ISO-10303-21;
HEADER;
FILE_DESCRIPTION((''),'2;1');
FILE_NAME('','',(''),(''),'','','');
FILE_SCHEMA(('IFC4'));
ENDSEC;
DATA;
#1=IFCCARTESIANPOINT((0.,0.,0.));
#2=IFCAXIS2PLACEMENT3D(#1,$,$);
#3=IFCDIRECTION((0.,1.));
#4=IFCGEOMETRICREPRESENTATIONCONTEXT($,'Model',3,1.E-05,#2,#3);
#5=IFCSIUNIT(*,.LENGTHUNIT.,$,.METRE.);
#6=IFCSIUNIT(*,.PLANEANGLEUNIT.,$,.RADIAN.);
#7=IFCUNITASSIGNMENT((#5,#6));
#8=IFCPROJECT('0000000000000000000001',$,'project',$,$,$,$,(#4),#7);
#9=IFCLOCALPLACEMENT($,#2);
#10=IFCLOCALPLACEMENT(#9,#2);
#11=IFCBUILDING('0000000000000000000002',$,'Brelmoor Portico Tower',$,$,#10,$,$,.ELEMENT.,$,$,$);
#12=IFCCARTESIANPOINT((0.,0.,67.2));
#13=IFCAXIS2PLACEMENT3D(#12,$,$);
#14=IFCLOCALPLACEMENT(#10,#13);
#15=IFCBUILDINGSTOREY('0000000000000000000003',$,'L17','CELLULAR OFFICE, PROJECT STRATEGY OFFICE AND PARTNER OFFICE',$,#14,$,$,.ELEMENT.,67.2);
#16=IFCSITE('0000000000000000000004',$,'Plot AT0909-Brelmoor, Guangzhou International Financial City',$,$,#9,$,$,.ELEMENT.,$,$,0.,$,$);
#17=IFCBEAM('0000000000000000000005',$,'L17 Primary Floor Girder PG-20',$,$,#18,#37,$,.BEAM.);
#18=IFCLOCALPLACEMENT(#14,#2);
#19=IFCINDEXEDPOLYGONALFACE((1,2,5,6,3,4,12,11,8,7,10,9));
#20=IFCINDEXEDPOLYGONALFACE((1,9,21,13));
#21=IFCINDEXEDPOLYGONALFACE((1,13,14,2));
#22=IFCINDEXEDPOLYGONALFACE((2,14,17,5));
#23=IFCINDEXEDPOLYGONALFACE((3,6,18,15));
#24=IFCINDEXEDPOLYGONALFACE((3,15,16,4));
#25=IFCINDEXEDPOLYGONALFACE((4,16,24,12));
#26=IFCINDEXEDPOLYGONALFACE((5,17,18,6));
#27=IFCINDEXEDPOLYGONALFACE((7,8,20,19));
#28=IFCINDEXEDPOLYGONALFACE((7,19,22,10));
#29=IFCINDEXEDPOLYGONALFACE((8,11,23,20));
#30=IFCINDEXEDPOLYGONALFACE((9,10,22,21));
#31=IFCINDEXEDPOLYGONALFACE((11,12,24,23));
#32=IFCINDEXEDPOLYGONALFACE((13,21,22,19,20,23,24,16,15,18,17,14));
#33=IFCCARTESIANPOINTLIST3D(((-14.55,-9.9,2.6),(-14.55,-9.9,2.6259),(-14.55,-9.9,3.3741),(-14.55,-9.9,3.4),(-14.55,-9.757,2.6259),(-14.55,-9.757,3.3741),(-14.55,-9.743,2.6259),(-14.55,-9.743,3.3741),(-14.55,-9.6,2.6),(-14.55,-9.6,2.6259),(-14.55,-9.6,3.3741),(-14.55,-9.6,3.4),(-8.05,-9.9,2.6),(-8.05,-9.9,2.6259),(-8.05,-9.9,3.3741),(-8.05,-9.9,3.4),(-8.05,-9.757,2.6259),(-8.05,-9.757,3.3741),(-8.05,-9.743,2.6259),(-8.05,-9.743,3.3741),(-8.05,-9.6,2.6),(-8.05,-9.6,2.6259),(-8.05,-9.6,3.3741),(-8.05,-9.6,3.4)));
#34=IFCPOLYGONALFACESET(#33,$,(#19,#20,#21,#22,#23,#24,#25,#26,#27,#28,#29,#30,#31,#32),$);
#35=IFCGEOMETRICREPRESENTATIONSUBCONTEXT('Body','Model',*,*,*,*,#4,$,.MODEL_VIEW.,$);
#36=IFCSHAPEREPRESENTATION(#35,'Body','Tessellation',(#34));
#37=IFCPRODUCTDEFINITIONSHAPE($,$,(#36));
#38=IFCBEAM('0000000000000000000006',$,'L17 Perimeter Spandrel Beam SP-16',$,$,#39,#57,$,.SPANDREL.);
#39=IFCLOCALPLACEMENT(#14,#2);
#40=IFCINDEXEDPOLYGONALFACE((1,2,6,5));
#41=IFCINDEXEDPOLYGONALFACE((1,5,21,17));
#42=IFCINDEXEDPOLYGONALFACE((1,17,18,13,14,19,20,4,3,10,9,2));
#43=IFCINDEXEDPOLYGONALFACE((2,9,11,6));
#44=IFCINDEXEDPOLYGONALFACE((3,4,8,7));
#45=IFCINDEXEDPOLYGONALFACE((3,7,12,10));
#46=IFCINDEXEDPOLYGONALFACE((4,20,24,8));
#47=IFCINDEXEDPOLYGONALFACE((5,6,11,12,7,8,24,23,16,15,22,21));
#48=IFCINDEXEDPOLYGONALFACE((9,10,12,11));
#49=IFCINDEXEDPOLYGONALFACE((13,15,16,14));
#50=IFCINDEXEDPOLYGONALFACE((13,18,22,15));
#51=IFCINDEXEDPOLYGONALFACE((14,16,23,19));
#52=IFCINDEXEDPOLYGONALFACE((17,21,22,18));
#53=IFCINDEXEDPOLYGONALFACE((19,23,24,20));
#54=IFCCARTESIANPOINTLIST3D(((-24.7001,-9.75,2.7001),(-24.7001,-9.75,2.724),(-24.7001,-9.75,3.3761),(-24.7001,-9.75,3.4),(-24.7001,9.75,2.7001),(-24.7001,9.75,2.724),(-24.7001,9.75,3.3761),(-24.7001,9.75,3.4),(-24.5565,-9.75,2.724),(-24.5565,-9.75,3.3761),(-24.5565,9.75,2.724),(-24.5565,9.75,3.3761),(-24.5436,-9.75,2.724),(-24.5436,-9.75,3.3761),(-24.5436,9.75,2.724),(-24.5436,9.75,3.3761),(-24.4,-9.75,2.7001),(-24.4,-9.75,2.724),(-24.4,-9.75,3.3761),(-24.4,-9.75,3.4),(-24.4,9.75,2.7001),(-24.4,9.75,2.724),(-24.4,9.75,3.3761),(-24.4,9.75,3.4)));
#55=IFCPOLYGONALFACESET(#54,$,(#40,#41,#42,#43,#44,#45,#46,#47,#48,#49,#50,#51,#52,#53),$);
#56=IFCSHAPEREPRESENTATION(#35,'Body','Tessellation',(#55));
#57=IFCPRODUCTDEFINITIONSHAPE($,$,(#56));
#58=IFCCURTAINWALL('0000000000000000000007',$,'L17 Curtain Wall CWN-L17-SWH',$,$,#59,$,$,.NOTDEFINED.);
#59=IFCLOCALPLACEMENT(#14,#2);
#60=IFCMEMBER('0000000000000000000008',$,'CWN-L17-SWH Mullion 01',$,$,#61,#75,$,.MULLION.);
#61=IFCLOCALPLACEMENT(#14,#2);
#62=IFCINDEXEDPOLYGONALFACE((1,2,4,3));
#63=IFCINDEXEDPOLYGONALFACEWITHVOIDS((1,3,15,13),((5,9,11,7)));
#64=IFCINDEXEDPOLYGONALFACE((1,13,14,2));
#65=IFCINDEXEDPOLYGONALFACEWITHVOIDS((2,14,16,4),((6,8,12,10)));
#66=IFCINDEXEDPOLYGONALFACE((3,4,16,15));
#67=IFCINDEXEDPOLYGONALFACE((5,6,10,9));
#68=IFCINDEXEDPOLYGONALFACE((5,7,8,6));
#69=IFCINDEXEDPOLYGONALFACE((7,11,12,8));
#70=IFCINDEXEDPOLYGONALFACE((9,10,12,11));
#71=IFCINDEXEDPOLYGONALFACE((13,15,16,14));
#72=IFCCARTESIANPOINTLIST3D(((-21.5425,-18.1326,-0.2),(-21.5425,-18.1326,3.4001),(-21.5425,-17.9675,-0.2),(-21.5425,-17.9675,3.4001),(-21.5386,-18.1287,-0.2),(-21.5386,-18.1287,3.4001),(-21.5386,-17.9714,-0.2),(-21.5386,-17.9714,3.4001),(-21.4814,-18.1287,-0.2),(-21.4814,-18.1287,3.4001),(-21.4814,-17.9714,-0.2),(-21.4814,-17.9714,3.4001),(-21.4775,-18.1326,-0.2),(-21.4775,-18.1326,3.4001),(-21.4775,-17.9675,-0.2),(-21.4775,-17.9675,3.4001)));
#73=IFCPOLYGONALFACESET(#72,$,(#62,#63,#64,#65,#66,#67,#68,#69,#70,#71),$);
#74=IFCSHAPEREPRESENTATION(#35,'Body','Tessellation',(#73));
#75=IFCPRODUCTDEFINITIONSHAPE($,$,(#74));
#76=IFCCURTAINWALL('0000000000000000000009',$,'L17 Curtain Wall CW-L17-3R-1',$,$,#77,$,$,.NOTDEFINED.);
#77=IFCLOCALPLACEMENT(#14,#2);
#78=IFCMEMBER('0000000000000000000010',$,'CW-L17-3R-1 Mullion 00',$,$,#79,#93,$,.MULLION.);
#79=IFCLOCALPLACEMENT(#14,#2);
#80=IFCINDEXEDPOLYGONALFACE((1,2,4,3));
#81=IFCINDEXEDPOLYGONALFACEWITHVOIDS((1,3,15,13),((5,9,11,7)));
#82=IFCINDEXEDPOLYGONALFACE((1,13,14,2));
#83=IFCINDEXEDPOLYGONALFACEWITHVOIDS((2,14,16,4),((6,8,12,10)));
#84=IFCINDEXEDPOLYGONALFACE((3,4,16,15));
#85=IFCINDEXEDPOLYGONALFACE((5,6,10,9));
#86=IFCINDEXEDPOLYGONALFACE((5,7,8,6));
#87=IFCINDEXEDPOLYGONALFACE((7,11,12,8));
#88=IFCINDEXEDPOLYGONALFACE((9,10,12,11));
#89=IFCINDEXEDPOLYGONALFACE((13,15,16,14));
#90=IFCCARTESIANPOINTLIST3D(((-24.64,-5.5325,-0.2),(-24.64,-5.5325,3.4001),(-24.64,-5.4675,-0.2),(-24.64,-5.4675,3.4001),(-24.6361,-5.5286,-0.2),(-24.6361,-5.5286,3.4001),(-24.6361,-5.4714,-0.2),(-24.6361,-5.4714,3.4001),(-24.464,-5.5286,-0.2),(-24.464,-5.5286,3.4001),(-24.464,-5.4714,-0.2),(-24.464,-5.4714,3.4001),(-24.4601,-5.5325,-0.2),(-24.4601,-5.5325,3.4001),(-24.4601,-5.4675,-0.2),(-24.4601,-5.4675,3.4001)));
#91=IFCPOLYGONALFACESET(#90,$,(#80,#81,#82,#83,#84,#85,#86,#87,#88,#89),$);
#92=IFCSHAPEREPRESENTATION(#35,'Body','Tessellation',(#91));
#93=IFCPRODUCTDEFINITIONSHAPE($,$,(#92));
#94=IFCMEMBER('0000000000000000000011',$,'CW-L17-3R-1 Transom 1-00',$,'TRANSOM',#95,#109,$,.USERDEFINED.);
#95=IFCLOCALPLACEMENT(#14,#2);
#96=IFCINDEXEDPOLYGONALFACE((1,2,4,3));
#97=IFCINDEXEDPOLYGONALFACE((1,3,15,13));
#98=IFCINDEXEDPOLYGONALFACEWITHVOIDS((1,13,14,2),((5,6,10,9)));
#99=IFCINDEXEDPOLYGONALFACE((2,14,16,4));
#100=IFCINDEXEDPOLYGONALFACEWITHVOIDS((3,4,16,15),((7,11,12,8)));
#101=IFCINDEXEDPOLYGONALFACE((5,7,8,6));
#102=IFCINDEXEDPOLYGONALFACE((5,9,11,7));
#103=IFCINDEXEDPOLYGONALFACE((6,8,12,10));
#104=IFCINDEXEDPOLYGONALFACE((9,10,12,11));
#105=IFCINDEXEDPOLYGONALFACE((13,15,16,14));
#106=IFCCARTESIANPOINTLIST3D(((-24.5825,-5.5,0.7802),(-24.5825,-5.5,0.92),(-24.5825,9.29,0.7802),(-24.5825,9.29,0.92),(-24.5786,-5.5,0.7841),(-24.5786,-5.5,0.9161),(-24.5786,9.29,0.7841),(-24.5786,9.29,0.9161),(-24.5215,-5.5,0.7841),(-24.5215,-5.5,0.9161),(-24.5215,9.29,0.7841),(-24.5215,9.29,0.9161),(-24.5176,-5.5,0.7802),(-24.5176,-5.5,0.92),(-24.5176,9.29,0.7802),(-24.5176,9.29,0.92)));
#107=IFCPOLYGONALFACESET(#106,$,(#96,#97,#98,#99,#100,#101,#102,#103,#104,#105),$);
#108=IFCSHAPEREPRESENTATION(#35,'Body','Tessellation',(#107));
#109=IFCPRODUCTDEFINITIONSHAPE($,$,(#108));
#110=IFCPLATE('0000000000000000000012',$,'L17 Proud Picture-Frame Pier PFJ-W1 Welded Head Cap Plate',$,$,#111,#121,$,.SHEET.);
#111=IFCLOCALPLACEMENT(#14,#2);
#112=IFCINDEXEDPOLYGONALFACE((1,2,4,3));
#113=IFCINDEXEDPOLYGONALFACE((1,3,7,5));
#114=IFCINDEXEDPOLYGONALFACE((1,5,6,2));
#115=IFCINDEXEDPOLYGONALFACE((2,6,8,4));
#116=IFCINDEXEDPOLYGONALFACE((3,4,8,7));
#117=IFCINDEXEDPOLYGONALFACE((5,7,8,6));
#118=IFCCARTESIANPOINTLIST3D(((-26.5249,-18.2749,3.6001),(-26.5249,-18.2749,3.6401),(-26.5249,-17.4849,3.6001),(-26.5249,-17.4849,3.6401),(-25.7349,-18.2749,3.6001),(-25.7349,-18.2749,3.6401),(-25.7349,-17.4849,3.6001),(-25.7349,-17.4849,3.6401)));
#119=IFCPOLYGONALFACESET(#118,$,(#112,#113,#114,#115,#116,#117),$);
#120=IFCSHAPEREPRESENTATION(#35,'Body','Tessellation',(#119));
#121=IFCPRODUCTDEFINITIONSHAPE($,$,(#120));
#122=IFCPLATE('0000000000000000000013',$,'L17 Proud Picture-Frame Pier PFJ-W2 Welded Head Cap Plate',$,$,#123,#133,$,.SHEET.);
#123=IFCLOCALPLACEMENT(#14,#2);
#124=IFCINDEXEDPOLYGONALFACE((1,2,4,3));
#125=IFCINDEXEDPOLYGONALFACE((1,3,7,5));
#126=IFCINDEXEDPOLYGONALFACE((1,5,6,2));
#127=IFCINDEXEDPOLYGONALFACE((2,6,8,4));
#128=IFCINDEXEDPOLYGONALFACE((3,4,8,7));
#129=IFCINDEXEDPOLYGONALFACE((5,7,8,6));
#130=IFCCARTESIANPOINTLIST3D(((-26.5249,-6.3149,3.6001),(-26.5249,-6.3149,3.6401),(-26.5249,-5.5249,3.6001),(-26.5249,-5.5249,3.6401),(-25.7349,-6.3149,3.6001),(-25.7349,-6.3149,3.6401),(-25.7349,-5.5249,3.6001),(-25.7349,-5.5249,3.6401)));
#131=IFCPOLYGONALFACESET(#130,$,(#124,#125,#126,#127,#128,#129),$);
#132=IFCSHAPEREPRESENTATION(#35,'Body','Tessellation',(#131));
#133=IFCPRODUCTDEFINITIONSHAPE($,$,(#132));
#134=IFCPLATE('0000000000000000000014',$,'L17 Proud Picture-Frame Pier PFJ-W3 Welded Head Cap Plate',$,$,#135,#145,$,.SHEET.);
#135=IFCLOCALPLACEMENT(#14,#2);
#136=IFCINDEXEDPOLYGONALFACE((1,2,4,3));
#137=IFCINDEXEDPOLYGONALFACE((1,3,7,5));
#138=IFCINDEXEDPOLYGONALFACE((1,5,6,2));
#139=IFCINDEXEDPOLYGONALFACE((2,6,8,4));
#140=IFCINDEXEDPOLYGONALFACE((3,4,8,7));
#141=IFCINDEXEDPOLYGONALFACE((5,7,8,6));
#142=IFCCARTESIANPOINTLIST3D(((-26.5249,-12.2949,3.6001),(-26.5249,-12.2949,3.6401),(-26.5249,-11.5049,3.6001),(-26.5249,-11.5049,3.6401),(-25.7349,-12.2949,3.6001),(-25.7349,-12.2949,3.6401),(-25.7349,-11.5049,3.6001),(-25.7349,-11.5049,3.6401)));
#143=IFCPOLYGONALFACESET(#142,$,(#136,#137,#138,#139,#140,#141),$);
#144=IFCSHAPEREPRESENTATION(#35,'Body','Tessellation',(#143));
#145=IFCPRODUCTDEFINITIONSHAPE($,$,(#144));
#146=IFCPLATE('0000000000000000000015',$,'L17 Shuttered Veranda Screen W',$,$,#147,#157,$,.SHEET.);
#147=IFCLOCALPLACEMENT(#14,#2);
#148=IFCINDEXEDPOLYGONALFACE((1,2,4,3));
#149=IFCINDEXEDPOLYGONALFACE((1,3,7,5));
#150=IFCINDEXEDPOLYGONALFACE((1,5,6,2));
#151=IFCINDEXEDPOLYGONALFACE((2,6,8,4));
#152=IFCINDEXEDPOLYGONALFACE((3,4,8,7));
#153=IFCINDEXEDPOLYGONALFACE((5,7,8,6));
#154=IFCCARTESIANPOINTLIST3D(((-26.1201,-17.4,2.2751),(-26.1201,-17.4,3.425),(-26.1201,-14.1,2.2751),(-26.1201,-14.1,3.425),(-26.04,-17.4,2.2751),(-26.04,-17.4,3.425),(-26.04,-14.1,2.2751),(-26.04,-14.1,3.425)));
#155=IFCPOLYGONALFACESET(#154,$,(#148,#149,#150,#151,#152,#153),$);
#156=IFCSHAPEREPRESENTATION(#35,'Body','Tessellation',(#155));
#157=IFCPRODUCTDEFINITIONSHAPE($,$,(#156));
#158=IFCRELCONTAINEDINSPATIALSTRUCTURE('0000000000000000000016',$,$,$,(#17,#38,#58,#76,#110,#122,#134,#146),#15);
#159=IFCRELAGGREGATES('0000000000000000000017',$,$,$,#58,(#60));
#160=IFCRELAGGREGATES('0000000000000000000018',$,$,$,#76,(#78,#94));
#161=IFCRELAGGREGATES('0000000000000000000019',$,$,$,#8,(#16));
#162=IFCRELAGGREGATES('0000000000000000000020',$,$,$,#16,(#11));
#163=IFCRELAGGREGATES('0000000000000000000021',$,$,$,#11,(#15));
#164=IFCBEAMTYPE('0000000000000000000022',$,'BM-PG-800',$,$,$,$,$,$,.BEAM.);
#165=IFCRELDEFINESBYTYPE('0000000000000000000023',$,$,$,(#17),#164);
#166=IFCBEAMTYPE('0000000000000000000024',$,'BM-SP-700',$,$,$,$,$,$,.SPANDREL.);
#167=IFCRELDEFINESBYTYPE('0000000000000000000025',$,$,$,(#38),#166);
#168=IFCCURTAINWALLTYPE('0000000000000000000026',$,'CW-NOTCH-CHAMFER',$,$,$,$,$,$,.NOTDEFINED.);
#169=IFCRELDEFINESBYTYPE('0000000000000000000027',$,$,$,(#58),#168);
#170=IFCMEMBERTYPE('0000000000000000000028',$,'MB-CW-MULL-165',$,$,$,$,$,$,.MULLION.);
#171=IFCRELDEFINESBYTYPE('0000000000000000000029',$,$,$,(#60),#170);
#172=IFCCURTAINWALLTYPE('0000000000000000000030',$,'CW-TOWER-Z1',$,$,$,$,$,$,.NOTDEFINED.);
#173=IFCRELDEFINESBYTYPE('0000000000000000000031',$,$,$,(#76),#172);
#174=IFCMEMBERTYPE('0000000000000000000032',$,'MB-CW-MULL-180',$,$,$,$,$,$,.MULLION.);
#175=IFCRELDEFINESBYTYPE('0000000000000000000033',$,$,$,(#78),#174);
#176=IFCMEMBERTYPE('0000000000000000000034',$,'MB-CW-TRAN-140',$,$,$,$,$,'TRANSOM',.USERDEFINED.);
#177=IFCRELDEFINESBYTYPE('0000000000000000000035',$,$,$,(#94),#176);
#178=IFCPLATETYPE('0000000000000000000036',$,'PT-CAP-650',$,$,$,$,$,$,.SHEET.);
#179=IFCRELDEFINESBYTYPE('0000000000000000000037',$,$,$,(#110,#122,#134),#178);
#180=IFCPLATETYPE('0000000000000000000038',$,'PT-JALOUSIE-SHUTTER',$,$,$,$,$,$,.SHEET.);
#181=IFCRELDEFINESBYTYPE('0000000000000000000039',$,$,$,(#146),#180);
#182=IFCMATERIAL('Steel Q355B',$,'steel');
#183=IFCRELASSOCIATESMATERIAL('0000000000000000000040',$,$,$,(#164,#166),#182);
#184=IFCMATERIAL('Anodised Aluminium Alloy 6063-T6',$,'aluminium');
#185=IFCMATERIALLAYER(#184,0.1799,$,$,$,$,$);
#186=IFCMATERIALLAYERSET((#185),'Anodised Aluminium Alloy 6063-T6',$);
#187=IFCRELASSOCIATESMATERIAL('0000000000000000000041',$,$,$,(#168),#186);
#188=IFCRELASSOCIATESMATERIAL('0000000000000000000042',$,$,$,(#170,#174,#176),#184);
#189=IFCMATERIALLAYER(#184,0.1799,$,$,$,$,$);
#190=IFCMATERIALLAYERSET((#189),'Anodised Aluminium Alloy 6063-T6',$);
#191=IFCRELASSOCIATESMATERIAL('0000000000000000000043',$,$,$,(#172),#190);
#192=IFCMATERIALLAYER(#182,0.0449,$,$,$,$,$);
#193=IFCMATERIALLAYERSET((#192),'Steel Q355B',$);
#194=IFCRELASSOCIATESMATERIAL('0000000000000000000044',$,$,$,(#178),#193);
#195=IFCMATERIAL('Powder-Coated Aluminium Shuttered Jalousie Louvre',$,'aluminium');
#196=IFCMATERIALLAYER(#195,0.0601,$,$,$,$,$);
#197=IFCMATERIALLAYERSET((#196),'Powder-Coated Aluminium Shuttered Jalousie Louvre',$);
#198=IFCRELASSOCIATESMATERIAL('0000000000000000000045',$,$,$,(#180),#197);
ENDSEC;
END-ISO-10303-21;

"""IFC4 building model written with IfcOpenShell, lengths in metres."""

from ifc_helpers import new_model, si_unit, direction, frame, origin, origin_2d, place, context, subcontext, project, spatial, rectangle, hollow_rectangle, i_section, extrude, material, layer, layer_set, material_profile, profile_set, type_object, element, aggregate, save


model = new_model("IFC4")

# Units and contexts
model_context = context("Model", 3, precision=1e-05, world=origin(), true_north=direction((0.0, 1.0)))
body_context = subcontext(model_context, "Body", "Model", "MODEL_VIEW")
ifc_project = project(units=[si_unit("LENGTHUNIT", "METRE"), si_unit("PLANEANGLEUNIT", "RADIAN")], contexts=[model_context])

# Site, building, storey
site_placement = place(None, origin())
site = spatial("IfcSite", under=ifc_project, at=site_placement, Name="Plot AT0909-Brelmoor, Guangzhou International Financial City", CompositionType="ELEMENT", RefElevation=0.0)
building_placement = place(site_placement, origin())
building = spatial("IfcBuilding", under=site, at=building_placement, Name="Brelmoor Portico Tower", CompositionType="ELEMENT")
storey_placement = place(building_placement, frame((0.0, 0.0, 67.2)))
storey = spatial("IfcBuildingStorey", under=building, at=storey_placement, Name="L17", Description="CELLULAR OFFICE, PROJECT STRATEGY OFFICE AND PARTNER OFFICE", CompositionType="ELEMENT", Elevation=67.2)

# Shared definitions
ifc_material_1 = material(Name="Steel Q355B", Category="steel")

# Beams
ifc_material_profile_1 = material_profile(ifc_material_1, i_section(OverallWidth=0.3, OverallDepth=0.8, WebThickness=0.0139, FlangeThickness=0.0259, at=origin_2d()), Name="HN 800x300x14x26")
ifc_profile_set_1 = profile_set([ifc_material_profile_1], Name="Steel Q355B")
beam_type_1 = type_object("IfcBeamType", Name="BM-PG-800", PredefinedType="BEAM", material=ifc_profile_set_1)
beam_1_placement = place(storey_placement, frame((-14.55, -9.75, 3.0), z_axis=(1.0, 0.0, 0.0), x_axis=(0.0, 1.0, 0.0)))
element("IfcBeam", 1, at=beam_1_placement, inside=storey, type_object=beam_type_1, Name="L17 Primary Floor Girder PG-20", PredefinedType="BEAM", context=body_context, shape_type="SweptSolid", body=[
    extrude(i_section(OverallWidth=0.3, OverallDepth=0.8, WebThickness=0.0139, FlangeThickness=0.0259, at=origin_2d()), origin(), (0.0, 0.0, 1.0), 6.5),
])
ifc_material_profile_2 = material_profile(ifc_material_1, i_section(OverallWidth=0.3, OverallDepth=0.7, WebThickness=0.0129, FlangeThickness=0.0239, at=origin_2d()), Name="HN 700x300x13x24")
ifc_profile_set_2 = profile_set([ifc_material_profile_2], Name="Steel Q355B")
beam_type_2 = type_object("IfcBeamType", Name="BM-SP-700", PredefinedType="SPANDREL", material=ifc_profile_set_2)
beam_2_placement = place(storey_placement, frame((-24.55, -9.75, 3.05), z_axis=(0.0, 1.0, 0.0), x_axis=(-1.0, 0.0, 0.0)))
element("IfcBeam", 2, at=beam_2_placement, inside=storey, type_object=beam_type_2, Name="L17 Perimeter Spandrel Beam SP-16", PredefinedType="SPANDREL", context=body_context, shape_type="SweptSolid", body=[
    extrude(i_section(OverallWidth=0.3, OverallDepth=0.7, WebThickness=0.0129, FlangeThickness=0.0239, at=origin_2d()), origin(), (0.0, 0.0, 1.0), 19.5),
])

# Curtain wall, member
ifc_material_2 = material(Name="Anodised Aluminium Alloy 6063-T6", Category="aluminium")
ifc_layer_1 = layer(ifc_material_2, 0.1799)
ifc_layer_set_1 = layer_set([ifc_layer_1], Name="Anodised Aluminium Alloy 6063-T6")
curtain_wall_type_1 = type_object("IfcCurtainWallType", Name="CW-NOTCH-CHAMFER", PredefinedType="NOTDEFINED", material=ifc_layer_set_1)
curtain_wall_1_placement = place(storey_placement, origin())
curtain_wall_1 = element("IfcCurtainWall", 3, at=curtain_wall_1_placement, inside=storey, type_object=curtain_wall_type_1, Name="L17 Curtain Wall CWN-L17-SWH", PredefinedType="NOTDEFINED")
ifc_material_profile_3 = material_profile(ifc_material_2, hollow_rectangle(XDim=0.0649, YDim=0.165, WallThickness=0.0039, at=origin_2d()), Name="ALU MULLION 65x165")
ifc_profile_set_3 = profile_set([ifc_material_profile_3], Name="Anodised Aluminium Alloy 6063-T6")
member_type_1 = type_object("IfcMemberType", Name="MB-CW-MULL-165", PredefinedType="MULLION", material=ifc_profile_set_3)
member_1_placement = place(storey_placement, frame((-21.51, -18.05, -0.2), z_axis=(0.0, 0.0, 1.0), x_axis=(1.0, 0.0, 0.0)))
member_1 = element("IfcMember", 4, at=member_1_placement, type_object=member_type_1, Name="CWN-L17-SWH Mullion 01", PredefinedType="MULLION", context=body_context, shape_type="SweptSolid", body=[
    extrude(hollow_rectangle(XDim=0.0649, YDim=0.165, WallThickness=0.0039, at=origin_2d()), origin(), (0.0, 0.0, 1.0), 3.6001),
])
aggregate(curtain_wall_1, [member_1])

# Curtain wall, members
ifc_layer_2 = layer(ifc_material_2, 0.1799)
ifc_layer_set_2 = layer_set([ifc_layer_2], Name="Anodised Aluminium Alloy 6063-T6")
curtain_wall_type_2 = type_object("IfcCurtainWallType", Name="CW-TOWER-Z1", PredefinedType="NOTDEFINED", material=ifc_layer_set_2)
curtain_wall_2_placement = place(storey_placement, origin())
curtain_wall_2 = element("IfcCurtainWall", 5, at=curtain_wall_2_placement, inside=storey, type_object=curtain_wall_type_2, Name="L17 Curtain Wall CW-L17-3R-1", PredefinedType="NOTDEFINED")
ifc_material_profile_4 = material_profile(ifc_material_2, hollow_rectangle(XDim=0.0649, YDim=0.1799, WallThickness=0.0039, at=origin_2d()), Name="ALU MULLION 65x180")
ifc_profile_set_4 = profile_set([ifc_material_profile_4], Name="Anodised Aluminium Alloy 6063-T6")
member_type_2 = type_object("IfcMemberType", Name="MB-CW-MULL-180", PredefinedType="MULLION", material=ifc_profile_set_4)
member_2_placement = place(storey_placement, frame((-24.55, -5.5, -0.2), z_axis=(0.0, 0.0, 1.0), x_axis=(0.0, 1.0, 0.0)))
member_2 = element("IfcMember", 6, at=member_2_placement, type_object=member_type_2, Name="CW-L17-3R-1 Mullion 00", PredefinedType="MULLION", context=body_context, shape_type="SweptSolid", body=[
    extrude(hollow_rectangle(XDim=0.0649, YDim=0.1799, WallThickness=0.0039, at=origin_2d()), origin(), (0.0, 0.0, 1.0), 3.6001),
])
ifc_material_profile_5 = material_profile(ifc_material_2, hollow_rectangle(XDim=0.0649, YDim=0.1399, WallThickness=0.0039, at=origin_2d()), Name="ALU TRANSOM 65x140")
ifc_profile_set_5 = profile_set([ifc_material_profile_5], Name="Anodised Aluminium Alloy 6063-T6")
member_type_3 = type_object("IfcMemberType", Name="MB-CW-TRAN-140", ElementType="TRANSOM", PredefinedType="USERDEFINED", material=ifc_profile_set_5)
member_3_placement = place(storey_placement, frame((-24.55, -5.5, 0.8501), z_axis=(0.0, 1.0, 0.0), x_axis=(-1.0, 0.0, 0.0)))
member_3 = element("IfcMember", 7, at=member_3_placement, type_object=member_type_3, Name="CW-L17-3R-1 Transom 1-00", ObjectType="TRANSOM", PredefinedType="USERDEFINED", context=body_context, shape_type="SweptSolid", body=[
    extrude(hollow_rectangle(XDim=0.0649, YDim=0.1399, WallThickness=0.0039, at=origin_2d()), origin(), (0.0, 0.0, 1.0), 14.79),
])
aggregate(curtain_wall_2, [member_2, member_3])

# Plates
ifc_layer_3 = layer(ifc_material_1, 0.0449)
ifc_layer_set_3 = layer_set([ifc_layer_3], Name="Steel Q355B")
plate_type_1 = type_object("IfcPlateType", Name="PT-CAP-650", PredefinedType="SHEET", material=ifc_layer_set_3)
for number, where, z_axis, x_axis, name in (
    (8, (-26.1299, -17.8799, 3.6001), (0.0, 0.0, 1.0), (0.0, 1.0, 0.0), "L17 Proud Picture-Frame Pier PFJ-W1 Welded Head Cap Plate"),
    (9, (-26.1299, -5.9199, 3.6001), (0.0, 0.0, 1.0), (0.0, 1.0, 0.0), "L17 Proud Picture-Frame Pier PFJ-W2 Welded Head Cap Plate"),
    (10, (-26.1299, -11.8999, 3.6001), (0.0, 0.0, 1.0), (0.0, 1.0, 0.0), "L17 Proud Picture-Frame Pier PFJ-W3 Welded Head Cap Plate"),
):
    element("IfcPlate", number, at=place(storey_placement, frame(where, z_axis=z_axis, x_axis=x_axis)), inside=storey, type_object=plate_type_1, Name=name, PredefinedType="SHEET", context=body_context, shape_type="SweptSolid", body=[
        extrude(rectangle(XDim=0.79, YDim=0.79, at=origin_2d()), origin(), (0.0, 0.0, 1.0), 0.04),
    ])
ifc_material_3 = material(Name="Powder-Coated Aluminium Shuttered Jalousie Louvre", Category="aluminium")
ifc_layer_4 = layer(ifc_material_3, 0.0601)
ifc_layer_set_4 = layer_set([ifc_layer_4], Name="Powder-Coated Aluminium Shuttered Jalousie Louvre")
plate_type_2 = type_object("IfcPlateType", Name="PT-JALOUSIE-SHUTTER", PredefinedType="SHEET", material=ifc_layer_set_4)
plate_placement = place(storey_placement, frame((-26.0801, -15.75, 2.2751), z_axis=(0.0, 0.0, 1.0), x_axis=(0.0, 1.0, 0.0)))
element("IfcPlate", 11, at=plate_placement, inside=storey, type_object=plate_type_2, Name="L17 Shuttered Veranda Screen W", PredefinedType="SHEET", context=body_context, shape_type="SweptSolid", body=[
    extrude(rectangle(XDim=3.3, YDim=0.0801, at=origin_2d()), origin(), (0.0, 0.0, 1.0), 1.1499),
])

save(model, "model.ifc")
